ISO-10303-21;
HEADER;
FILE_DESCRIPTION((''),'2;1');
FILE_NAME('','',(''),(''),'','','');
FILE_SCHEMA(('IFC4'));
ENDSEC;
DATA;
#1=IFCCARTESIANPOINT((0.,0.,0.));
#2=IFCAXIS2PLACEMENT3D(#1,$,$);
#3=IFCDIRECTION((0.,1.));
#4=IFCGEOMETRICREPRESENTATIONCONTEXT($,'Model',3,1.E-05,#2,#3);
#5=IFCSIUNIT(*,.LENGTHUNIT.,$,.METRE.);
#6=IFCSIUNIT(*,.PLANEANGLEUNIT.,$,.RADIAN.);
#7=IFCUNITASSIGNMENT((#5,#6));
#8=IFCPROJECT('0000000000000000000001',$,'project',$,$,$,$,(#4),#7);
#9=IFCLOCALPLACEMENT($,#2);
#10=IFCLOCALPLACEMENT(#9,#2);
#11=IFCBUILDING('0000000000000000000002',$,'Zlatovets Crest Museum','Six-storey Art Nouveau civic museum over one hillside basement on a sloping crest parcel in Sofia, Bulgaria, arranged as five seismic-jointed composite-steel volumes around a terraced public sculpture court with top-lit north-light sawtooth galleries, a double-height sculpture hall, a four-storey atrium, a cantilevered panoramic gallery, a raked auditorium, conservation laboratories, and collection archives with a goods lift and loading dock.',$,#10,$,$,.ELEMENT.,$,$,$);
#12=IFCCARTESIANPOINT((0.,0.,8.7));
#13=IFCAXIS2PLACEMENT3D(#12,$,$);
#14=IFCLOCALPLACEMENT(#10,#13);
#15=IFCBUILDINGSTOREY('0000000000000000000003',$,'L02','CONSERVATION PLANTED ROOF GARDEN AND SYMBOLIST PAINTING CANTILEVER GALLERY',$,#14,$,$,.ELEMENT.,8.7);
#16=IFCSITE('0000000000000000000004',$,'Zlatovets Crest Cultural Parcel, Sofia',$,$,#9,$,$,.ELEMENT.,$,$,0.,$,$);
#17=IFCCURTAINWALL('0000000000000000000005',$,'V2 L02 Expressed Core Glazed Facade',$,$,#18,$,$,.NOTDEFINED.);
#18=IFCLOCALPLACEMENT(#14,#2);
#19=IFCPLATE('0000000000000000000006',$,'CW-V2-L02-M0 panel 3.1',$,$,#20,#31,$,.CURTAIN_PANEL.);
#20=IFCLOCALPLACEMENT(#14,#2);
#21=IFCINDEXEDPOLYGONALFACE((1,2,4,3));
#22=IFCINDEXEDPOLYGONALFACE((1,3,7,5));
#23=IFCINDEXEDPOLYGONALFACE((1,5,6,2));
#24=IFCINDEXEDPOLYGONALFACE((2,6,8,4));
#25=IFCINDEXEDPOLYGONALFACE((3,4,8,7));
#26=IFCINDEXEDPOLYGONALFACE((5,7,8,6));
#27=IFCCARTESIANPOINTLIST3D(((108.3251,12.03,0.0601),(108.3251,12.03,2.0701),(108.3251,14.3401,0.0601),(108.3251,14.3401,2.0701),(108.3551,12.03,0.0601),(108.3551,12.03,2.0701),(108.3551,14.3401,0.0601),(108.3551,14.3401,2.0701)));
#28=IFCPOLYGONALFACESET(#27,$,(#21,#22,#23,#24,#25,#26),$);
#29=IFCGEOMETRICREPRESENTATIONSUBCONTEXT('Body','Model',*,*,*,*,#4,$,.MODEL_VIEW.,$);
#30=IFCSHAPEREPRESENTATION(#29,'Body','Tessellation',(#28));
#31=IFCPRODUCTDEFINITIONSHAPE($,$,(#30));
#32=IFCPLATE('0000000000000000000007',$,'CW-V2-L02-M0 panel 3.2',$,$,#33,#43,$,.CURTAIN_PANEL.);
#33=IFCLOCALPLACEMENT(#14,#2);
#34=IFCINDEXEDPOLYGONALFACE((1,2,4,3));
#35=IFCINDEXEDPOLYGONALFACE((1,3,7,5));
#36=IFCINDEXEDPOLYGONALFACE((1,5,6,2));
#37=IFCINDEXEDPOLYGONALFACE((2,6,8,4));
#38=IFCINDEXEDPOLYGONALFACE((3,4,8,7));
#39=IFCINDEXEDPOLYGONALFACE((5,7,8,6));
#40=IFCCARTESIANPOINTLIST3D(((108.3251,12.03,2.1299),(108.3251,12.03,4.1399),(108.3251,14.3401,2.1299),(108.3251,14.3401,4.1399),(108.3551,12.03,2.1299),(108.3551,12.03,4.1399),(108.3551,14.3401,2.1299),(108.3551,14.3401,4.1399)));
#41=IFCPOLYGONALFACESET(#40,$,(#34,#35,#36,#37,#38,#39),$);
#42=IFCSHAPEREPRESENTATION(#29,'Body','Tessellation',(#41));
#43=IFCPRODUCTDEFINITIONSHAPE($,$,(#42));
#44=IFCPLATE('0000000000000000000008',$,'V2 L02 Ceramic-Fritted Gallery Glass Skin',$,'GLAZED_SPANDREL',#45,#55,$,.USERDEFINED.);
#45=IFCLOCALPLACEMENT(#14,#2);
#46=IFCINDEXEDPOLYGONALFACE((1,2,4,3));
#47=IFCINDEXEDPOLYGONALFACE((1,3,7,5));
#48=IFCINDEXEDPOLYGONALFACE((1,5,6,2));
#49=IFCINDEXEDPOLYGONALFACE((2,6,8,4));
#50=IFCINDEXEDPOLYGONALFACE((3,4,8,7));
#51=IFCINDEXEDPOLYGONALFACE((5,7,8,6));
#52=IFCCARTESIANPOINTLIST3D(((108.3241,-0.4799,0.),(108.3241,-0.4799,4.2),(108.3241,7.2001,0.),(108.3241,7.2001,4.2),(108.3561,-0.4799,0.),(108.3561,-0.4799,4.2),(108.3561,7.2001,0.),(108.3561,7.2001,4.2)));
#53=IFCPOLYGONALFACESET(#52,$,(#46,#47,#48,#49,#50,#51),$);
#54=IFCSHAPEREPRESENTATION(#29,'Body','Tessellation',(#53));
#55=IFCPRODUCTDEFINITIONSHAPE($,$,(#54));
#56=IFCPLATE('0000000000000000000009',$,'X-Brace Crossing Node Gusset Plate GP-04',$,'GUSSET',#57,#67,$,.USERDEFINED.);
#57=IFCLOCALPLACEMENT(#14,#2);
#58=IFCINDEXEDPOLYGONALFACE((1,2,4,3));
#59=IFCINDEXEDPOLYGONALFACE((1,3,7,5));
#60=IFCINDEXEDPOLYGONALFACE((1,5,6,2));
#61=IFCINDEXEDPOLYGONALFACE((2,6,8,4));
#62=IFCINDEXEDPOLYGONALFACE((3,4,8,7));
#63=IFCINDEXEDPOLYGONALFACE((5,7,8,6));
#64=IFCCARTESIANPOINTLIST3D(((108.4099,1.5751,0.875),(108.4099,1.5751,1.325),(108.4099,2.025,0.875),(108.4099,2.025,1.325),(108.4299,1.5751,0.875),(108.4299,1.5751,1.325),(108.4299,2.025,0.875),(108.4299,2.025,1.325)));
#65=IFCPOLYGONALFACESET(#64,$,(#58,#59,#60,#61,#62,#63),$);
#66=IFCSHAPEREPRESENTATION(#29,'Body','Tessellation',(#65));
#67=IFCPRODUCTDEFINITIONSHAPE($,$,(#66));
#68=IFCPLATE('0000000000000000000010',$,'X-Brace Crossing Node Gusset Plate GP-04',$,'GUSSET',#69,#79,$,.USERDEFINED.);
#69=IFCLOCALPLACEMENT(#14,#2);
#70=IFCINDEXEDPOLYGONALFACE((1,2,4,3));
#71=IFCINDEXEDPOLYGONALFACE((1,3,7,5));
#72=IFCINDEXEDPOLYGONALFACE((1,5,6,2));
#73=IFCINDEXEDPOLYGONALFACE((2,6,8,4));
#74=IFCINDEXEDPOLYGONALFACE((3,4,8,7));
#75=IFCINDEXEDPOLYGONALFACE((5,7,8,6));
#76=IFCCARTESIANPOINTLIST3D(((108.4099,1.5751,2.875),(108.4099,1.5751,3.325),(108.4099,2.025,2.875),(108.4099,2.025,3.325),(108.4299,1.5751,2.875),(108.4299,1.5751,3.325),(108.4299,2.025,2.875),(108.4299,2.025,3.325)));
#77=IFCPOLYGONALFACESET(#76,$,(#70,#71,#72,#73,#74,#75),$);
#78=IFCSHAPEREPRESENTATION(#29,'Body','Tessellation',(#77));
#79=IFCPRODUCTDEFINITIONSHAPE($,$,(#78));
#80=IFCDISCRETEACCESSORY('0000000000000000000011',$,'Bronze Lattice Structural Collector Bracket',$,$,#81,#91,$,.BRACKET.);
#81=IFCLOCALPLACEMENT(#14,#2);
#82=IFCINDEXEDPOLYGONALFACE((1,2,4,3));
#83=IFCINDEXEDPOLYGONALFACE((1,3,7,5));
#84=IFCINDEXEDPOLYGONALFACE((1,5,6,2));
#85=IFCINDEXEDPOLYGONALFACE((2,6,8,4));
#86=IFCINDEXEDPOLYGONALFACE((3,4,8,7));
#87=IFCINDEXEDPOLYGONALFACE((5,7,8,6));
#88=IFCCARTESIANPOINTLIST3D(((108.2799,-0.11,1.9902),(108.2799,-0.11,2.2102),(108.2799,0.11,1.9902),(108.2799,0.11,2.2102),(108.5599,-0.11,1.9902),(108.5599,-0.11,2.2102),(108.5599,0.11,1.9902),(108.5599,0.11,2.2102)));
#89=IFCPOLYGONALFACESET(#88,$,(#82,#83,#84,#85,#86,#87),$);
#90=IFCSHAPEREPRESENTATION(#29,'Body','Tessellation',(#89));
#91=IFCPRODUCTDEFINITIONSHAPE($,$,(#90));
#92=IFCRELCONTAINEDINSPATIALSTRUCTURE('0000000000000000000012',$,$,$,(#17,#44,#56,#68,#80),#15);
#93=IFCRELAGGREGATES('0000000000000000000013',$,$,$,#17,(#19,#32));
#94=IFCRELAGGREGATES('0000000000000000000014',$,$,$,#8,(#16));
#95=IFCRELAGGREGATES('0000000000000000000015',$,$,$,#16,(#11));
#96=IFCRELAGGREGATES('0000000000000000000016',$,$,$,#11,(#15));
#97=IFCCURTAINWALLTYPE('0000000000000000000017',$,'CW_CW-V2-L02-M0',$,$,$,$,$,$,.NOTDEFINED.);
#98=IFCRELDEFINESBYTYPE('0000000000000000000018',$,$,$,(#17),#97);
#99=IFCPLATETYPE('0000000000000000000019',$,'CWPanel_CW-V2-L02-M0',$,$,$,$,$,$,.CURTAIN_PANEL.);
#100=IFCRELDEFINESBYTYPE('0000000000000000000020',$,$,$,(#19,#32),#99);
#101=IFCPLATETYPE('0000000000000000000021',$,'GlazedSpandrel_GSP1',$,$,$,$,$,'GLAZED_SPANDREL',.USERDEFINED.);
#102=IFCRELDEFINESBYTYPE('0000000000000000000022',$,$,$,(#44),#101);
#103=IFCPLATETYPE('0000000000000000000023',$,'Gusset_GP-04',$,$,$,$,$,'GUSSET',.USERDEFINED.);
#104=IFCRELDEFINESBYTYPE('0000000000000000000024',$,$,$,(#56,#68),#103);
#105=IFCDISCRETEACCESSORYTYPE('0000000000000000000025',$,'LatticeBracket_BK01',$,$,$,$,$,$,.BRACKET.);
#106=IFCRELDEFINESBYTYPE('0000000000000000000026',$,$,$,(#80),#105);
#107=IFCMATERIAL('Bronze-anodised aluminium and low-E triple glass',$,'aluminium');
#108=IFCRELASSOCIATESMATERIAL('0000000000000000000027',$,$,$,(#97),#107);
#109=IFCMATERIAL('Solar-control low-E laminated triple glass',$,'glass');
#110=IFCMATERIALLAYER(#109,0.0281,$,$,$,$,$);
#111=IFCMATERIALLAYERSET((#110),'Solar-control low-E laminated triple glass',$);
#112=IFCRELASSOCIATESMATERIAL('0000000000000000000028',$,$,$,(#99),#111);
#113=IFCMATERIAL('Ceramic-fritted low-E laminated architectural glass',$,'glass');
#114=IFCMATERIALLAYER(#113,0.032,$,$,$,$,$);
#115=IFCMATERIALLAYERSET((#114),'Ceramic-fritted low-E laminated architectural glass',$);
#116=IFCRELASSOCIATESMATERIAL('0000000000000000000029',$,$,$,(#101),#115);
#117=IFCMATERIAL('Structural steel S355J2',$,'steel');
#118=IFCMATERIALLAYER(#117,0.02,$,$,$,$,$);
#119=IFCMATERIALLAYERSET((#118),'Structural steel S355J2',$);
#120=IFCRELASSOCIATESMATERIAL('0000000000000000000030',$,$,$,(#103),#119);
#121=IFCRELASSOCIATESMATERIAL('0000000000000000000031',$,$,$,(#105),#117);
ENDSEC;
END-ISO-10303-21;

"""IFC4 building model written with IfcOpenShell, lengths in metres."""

from ifc_helpers import new_model, si_unit, direction, frame, origin, origin_2d, place, context, subcontext, project, spatial, rectangle, extrude, material, layer, layer_set, type_object, element, aggregate, save


model = new_model("IFC4")

# Units and contexts
model_context = context("Model", 3, precision=1e-05, world=origin(), true_north=direction((0.0, 1.0)))
body_context = subcontext(model_context, "Body", "Model", "MODEL_VIEW")
ifc_project = project(units=[si_unit("LENGTHUNIT", "METRE"), si_unit("PLANEANGLEUNIT", "RADIAN")], contexts=[model_context])

# Site, building, storey
site_placement = place(None, origin())
site = spatial("IfcSite", under=ifc_project, at=site_placement, Name="Zlatovets Crest Cultural Parcel, Sofia", CompositionType="ELEMENT", RefElevation=0.0)
building_placement = place(site_placement, origin())
building = spatial("IfcBuilding", under=site, at=building_placement, Name="Zlatovets Crest Museum", Description="Six-storey Art Nouveau civic museum over one hillside basement on a sloping crest parcel in Sofia, Bulgaria, arranged as five seismic-jointed composite-steel volumes around a terraced public sculpture court with top-lit north-light sawtooth galleries, a double-height sculpture hall, a four-storey atrium, a cantilevered panoramic gallery, a raked auditorium, conservation laboratories, and collection archives with a goods lift and loading dock.", CompositionType="ELEMENT")
storey_placement = place(building_placement, frame((0.0, 0.0, 8.7)))
storey = spatial("IfcBuildingStorey", under=building, at=storey_placement, Name="L02", Description="CONSERVATION PLANTED ROOF GARDEN AND SYMBOLIST PAINTING CANTILEVER GALLERY", CompositionType="ELEMENT", Elevation=8.7)

# Curtain wall
ifc_material_1 = material(Name="Bronze-anodised aluminium and low-E triple glass", Category="aluminium")
curtain_wall_type_1 = type_object("IfcCurtainWallType", Name="CW_CW-V2-L02-M0", PredefinedType="NOTDEFINED", material=ifc_material_1)
curtain_wall_1_placement = place(storey_placement, origin())
curtain_wall_1 = element("IfcCurtainWall", 1, at=curtain_wall_1_placement, inside=storey, type_object=curtain_wall_type_1, Name="V2 L02 Expressed Core Glazed Facade", PredefinedType="NOTDEFINED")

# Plates
ifc_material_2 = material(Name="Solar-control low-E laminated triple glass", Category="glass")
ifc_layer_1 = layer(ifc_material_2, 0.0281)
ifc_layer_set_1 = layer_set([ifc_layer_1], Name="Solar-control low-E laminated triple glass")
plate_type_1 = type_object("IfcPlateType", Name="CWPanel_CW-V2-L02-M0", PredefinedType="CURTAIN_PANEL", material=ifc_layer_set_1)
plate_1_placement = place(storey_placement, frame((108.3401, 13.1851, 0.0601), z_axis=(0.0, 0.0, 1.0), x_axis=(0.0, 1.0, 0.0)))
plate_1 = element("IfcPlate", 2, at=plate_1_placement, type_object=plate_type_1, Name="CW-V2-L02-M0 panel 3.1", PredefinedType="CURTAIN_PANEL", context=body_context, shape_type="SweptSolid", body=[
    extrude(rectangle(XDim=2.3101, YDim=0.03, at=origin_2d()), origin(), (0.0, 0.0, 1.0), 2.01),
])
plate_2_placement = place(storey_placement, frame((108.3401, 13.1851, 2.1299), z_axis=(0.0, 0.0, 1.0), x_axis=(0.0, 1.0, 0.0)))
plate_2 = element("IfcPlate", 3, at=plate_2_placement, type_object=plate_type_1, Name="CW-V2-L02-M0 panel 3.2", PredefinedType="CURTAIN_PANEL", context=body_context, shape_type="SweptSolid", body=[
    extrude(rectangle(XDim=2.3101, YDim=0.03, at=origin_2d()), origin(), (0.0, 0.0, 1.0), 2.01),
])
aggregate(curtain_wall_1, [plate_1, plate_2])

# Plates
ifc_material_3 = material(Name="Ceramic-fritted low-E laminated architectural glass", Category="glass")
ifc_layer_2 = layer(ifc_material_3, 0.032)
ifc_layer_set_2 = layer_set([ifc_layer_2], Name="Ceramic-fritted low-E laminated architectural glass")
plate_type_2 = type_object("IfcPlateType", Name="GlazedSpandrel_GSP1", ElementType="GLAZED_SPANDREL", PredefinedType="USERDEFINED", material=ifc_layer_set_2)
plate_3_placement = place(storey_placement, frame((108.3401, 3.3601, 0.0), z_axis=(0.0, 0.0, 1.0), x_axis=(0.0, 1.0, 0.0)))
element("IfcPlate", 4, at=plate_3_placement, inside=storey, type_object=plate_type_2, Name="V2 L02 Ceramic-Fritted Gallery Glass Skin", ObjectType="GLAZED_SPANDREL", PredefinedType="USERDEFINED", context=body_context, shape_type="SweptSolid", body=[
    extrude(rectangle(XDim=7.6799, YDim=0.032, at=origin_2d()), origin(), (0.0, 0.0, 1.0), 4.2),
])
ifc_material_4 = material(Name="Structural steel S355J2", Category="steel")
ifc_layer_3 = layer(ifc_material_4, 0.02)
ifc_layer_set_3 = layer_set([ifc_layer_3], Name="Structural steel S355J2")
plate_type_3 = type_object("IfcPlateType", Name="Gusset_GP-04", ElementType="GUSSET", PredefinedType="USERDEFINED", material=ifc_layer_set_3)
for number, where, z_axis, x_axis, name in (
    (5, (108.4199, 1.8, 0.875), (0.0, 0.0, 1.0), (1.0, 0.0, 0.0), "X-Brace Crossing Node Gusset Plate GP-04"),
    (6, (108.4199, 1.8, 2.875), (0.0, 0.0, 1.0), (1.0, 0.0, 0.0), "X-Brace Crossing Node Gusset Plate GP-04"),
):
    element("IfcPlate", number, at=place(storey_placement, frame(where, z_axis=z_axis, x_axis=x_axis)), inside=storey, type_object=plate_type_3, Name=name, ObjectType="GUSSET", PredefinedType="USERDEFINED", context=body_context, shape_type="SweptSolid", body=[
        extrude(rectangle(XDim=0.02, YDim=0.45, at=origin_2d()), origin(), (0.0, 0.0, 1.0), 0.45),
    ])

# Discrete accessory
discrete_accessory_type = type_object("IfcDiscreteAccessoryType", Name="LatticeBracket_BK01", PredefinedType="BRACKET", material=ifc_material_4)
discrete_accessory_placement = place(storey_placement, frame((108.4199, 0.0, 1.9902), z_axis=(0.0, 0.0, 1.0), x_axis=(1.0, 0.0, 0.0)))
element("IfcDiscreteAccessory", 7, at=discrete_accessory_placement, inside=storey, type_object=discrete_accessory_type, Name="Bronze Lattice Structural Collector Bracket", PredefinedType="BRACKET", context=body_context, shape_type="SweptSolid", body=[
    extrude(rectangle(XDim=0.28, YDim=0.22, at=origin_2d()), origin(), (0.0, 0.0, 1.0), 0.22),
])

save(model, "model.ifc")
